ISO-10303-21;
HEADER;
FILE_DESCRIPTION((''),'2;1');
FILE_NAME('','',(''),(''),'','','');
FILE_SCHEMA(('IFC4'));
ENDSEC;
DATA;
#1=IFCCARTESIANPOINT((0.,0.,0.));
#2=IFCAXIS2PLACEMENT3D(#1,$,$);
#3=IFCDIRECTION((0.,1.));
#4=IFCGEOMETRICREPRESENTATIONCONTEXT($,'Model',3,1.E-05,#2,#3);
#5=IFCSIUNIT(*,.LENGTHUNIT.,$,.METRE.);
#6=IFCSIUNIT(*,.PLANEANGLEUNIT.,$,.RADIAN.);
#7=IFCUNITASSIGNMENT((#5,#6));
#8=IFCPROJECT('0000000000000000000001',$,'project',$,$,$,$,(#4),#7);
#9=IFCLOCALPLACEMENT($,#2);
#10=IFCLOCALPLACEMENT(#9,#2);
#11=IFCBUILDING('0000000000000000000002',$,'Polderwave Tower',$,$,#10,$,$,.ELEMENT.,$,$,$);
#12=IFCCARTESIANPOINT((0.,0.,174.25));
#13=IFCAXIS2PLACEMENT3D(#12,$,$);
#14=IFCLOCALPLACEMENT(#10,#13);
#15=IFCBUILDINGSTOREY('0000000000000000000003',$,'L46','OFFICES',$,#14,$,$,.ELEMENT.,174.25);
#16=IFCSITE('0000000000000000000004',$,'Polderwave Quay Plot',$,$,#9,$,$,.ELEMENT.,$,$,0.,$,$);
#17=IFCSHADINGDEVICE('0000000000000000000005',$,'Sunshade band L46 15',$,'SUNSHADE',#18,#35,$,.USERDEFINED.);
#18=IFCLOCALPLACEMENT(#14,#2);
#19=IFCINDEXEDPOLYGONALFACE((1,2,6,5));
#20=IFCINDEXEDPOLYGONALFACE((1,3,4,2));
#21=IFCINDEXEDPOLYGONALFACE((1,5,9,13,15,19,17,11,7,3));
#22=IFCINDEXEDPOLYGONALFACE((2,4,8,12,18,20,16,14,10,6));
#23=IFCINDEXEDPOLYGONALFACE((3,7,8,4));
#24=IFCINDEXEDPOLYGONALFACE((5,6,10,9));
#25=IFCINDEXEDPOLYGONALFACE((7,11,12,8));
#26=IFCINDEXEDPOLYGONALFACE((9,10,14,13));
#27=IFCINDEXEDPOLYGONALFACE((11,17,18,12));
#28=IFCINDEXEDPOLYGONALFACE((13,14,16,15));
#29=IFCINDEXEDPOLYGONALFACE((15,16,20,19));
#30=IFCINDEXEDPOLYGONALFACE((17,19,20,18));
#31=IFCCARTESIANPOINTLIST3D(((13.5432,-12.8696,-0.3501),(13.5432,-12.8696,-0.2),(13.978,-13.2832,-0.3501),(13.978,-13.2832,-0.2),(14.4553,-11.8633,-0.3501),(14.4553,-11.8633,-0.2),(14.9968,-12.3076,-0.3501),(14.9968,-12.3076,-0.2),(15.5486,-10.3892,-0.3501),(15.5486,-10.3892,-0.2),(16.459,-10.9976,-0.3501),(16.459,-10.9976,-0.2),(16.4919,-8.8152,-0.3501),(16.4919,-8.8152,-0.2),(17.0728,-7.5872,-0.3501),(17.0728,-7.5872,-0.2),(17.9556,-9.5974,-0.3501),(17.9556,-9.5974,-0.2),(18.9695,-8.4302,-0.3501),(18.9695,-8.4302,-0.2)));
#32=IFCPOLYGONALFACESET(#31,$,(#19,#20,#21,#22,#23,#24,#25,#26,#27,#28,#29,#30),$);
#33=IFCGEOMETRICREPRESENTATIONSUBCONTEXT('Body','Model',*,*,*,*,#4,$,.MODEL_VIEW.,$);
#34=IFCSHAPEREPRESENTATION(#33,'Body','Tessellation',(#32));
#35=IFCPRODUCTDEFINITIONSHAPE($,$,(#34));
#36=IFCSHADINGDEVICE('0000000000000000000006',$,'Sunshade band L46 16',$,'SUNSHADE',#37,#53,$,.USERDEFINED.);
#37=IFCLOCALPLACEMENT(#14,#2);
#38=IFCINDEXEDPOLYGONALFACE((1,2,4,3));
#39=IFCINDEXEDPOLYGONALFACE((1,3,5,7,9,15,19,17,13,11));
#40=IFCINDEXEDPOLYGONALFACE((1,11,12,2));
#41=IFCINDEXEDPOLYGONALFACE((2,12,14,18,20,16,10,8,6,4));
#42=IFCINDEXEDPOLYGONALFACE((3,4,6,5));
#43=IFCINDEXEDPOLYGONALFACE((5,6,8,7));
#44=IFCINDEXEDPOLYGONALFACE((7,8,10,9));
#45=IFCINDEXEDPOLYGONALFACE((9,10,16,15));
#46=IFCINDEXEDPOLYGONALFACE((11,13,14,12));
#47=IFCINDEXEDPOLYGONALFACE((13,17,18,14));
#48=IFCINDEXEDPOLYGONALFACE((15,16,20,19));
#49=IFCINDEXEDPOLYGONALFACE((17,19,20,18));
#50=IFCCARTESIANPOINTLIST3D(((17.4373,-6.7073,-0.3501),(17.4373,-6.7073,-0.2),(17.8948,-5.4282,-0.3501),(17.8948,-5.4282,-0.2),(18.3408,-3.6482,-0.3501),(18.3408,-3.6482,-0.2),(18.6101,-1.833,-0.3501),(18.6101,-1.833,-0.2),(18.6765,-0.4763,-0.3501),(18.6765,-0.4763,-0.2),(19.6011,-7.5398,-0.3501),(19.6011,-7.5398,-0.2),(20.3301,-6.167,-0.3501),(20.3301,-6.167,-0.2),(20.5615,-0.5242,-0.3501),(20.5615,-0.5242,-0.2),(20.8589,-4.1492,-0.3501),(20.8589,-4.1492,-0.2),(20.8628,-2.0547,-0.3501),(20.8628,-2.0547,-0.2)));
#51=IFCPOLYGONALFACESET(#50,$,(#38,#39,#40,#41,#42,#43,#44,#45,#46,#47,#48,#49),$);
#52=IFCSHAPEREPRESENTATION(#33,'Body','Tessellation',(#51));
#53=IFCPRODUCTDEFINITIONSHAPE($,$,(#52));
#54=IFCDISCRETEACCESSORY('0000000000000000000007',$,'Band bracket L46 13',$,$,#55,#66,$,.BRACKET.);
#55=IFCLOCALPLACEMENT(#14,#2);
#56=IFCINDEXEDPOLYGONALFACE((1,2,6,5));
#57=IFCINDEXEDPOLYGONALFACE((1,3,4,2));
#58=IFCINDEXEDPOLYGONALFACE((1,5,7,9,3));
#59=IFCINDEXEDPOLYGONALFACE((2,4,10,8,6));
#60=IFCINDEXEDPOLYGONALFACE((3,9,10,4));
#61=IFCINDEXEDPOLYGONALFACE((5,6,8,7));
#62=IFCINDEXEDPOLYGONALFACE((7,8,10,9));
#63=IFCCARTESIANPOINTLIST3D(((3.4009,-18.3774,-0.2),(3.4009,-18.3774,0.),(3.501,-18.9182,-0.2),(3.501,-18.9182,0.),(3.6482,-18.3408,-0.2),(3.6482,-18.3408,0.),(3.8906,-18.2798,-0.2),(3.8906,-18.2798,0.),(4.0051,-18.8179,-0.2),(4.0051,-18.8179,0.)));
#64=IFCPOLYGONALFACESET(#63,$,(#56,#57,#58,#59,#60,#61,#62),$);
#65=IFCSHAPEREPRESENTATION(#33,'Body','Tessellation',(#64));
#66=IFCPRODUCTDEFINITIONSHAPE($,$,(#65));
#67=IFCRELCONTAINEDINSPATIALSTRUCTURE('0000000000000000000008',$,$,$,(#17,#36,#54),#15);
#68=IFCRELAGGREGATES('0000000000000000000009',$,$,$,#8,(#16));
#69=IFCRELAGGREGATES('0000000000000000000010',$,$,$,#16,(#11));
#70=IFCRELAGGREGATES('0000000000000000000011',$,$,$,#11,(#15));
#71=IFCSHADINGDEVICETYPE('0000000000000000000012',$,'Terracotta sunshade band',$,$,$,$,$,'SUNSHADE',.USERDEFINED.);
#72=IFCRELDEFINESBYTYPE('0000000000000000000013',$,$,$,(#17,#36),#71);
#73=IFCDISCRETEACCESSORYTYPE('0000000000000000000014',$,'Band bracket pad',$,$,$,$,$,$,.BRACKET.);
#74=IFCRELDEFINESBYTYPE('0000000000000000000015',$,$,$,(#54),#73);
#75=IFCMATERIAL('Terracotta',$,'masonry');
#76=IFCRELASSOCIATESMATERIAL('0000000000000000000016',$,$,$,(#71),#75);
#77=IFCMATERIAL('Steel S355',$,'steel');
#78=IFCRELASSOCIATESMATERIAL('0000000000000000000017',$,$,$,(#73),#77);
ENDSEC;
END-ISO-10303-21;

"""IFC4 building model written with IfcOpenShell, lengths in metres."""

from ifc_helpers import new_model, si_unit, direction, frame, origin, place, context, subcontext, project, spatial, polyline, outline, extrude, material, type_object, element, save


model = new_model("IFC4")

# Units and contexts
model_context = context("Model", 3, precision=1e-05, world=origin(), true_north=direction((0.0, 1.0)))
body_context = subcontext(model_context, "Body", "Model", "MODEL_VIEW")
ifc_project = project(units=[si_unit("LENGTHUNIT", "METRE"), si_unit("PLANEANGLEUNIT", "RADIAN")], contexts=[model_context])

# Site, building, storey
site_placement = place(None, origin())
site = spatial("IfcSite", under=ifc_project, at=site_placement, Name="Polderwave Quay Plot", CompositionType="ELEMENT", RefElevation=0.0)
building_placement = place(site_placement, origin())
building = spatial("IfcBuilding", under=site, at=building_placement, Name="Polderwave Tower", CompositionType="ELEMENT")
storey_placement = place(building_placement, frame((0.0, 0.0, 174.25)))
storey = spatial("IfcBuildingStorey", under=building, at=storey_placement, Name="L46", Description="OFFICES", CompositionType="ELEMENT", Elevation=174.25)

# Shared definitions
ifc_material_1 = material(Name="Steel S355", Category="steel")

# Shading devices
ifc_material_2 = material(Name="Terracotta", Category="masonry")
shading_device_type = type_object("IfcShadingDeviceType", Name="Terracotta sunshade band", ElementType="SUNSHADE", PredefinedType="USERDEFINED", material=ifc_material_2)
shading_device_1_placement = place(storey_placement, frame((0.0, 0.0, -0.3501)))
element("IfcShadingDevice", 1, at=shading_device_1_placement, inside=storey, type_object=shading_device_type, Name="Sunshade band L46 15", ObjectType="SUNSHADE", PredefinedType="USERDEFINED", context=body_context, shape_type="SweptSolid", body=[
    extrude(outline(polyline([(13.5432, -12.8696), (14.4553, -11.8633), (15.5486, -10.3892), (16.4919, -8.8152), (17.0728, -7.5872), (18.9695, -8.4302), (17.9556, -9.5974), (16.459, -10.9976), (14.9968, -12.3076), (13.978, -13.2832), (13.5432, -12.8696)])), origin(), (0.0, 0.0, 1.0), 0.1501),
])
shading_device_2_placement = place(storey_placement, frame((0.0, 0.0, -0.3501)))
element("IfcShadingDevice", 2, at=shading_device_2_placement, inside=storey, type_object=shading_device_type, Name="Sunshade band L46 16", ObjectType="SUNSHADE", PredefinedType="USERDEFINED", context=body_context, shape_type="SweptSolid", body=[
    extrude(outline(polyline([(17.4373, -6.7073), (17.8948, -5.4282), (18.3408, -3.6482), (18.6101, -1.833), (18.6765, -0.4763), (20.5615, -0.5242), (20.8628, -2.0547), (20.8589, -4.1492), (20.3301, -6.167), (19.6011, -7.5398), (17.4373, -6.7073)])), origin(), (0.0, 0.0, 1.0), 0.1501),
])

# Discrete accessory
discrete_accessory_type = type_object("IfcDiscreteAccessoryType", Name="Band bracket pad", PredefinedType="BRACKET", material=ifc_material_1)
discrete_accessory_placement = place(storey_placement, frame((0.0, 0.0, -0.2)))
element("IfcDiscreteAccessory", 3, at=discrete_accessory_placement, inside=storey, type_object=discrete_accessory_type, Name="Band bracket L46 13", PredefinedType="BRACKET", context=body_context, shape_type="SweptSolid", body=[
    extrude(outline(polyline([(3.4009, -18.3774), (3.6482, -18.3408), (3.8906, -18.2798), (4.0051, -18.8179), (3.501, -18.9182), (3.4009, -18.3774)])), origin(), (0.0, 0.0, 1.0), 0.2),
])

save(model, "model.ifc")
